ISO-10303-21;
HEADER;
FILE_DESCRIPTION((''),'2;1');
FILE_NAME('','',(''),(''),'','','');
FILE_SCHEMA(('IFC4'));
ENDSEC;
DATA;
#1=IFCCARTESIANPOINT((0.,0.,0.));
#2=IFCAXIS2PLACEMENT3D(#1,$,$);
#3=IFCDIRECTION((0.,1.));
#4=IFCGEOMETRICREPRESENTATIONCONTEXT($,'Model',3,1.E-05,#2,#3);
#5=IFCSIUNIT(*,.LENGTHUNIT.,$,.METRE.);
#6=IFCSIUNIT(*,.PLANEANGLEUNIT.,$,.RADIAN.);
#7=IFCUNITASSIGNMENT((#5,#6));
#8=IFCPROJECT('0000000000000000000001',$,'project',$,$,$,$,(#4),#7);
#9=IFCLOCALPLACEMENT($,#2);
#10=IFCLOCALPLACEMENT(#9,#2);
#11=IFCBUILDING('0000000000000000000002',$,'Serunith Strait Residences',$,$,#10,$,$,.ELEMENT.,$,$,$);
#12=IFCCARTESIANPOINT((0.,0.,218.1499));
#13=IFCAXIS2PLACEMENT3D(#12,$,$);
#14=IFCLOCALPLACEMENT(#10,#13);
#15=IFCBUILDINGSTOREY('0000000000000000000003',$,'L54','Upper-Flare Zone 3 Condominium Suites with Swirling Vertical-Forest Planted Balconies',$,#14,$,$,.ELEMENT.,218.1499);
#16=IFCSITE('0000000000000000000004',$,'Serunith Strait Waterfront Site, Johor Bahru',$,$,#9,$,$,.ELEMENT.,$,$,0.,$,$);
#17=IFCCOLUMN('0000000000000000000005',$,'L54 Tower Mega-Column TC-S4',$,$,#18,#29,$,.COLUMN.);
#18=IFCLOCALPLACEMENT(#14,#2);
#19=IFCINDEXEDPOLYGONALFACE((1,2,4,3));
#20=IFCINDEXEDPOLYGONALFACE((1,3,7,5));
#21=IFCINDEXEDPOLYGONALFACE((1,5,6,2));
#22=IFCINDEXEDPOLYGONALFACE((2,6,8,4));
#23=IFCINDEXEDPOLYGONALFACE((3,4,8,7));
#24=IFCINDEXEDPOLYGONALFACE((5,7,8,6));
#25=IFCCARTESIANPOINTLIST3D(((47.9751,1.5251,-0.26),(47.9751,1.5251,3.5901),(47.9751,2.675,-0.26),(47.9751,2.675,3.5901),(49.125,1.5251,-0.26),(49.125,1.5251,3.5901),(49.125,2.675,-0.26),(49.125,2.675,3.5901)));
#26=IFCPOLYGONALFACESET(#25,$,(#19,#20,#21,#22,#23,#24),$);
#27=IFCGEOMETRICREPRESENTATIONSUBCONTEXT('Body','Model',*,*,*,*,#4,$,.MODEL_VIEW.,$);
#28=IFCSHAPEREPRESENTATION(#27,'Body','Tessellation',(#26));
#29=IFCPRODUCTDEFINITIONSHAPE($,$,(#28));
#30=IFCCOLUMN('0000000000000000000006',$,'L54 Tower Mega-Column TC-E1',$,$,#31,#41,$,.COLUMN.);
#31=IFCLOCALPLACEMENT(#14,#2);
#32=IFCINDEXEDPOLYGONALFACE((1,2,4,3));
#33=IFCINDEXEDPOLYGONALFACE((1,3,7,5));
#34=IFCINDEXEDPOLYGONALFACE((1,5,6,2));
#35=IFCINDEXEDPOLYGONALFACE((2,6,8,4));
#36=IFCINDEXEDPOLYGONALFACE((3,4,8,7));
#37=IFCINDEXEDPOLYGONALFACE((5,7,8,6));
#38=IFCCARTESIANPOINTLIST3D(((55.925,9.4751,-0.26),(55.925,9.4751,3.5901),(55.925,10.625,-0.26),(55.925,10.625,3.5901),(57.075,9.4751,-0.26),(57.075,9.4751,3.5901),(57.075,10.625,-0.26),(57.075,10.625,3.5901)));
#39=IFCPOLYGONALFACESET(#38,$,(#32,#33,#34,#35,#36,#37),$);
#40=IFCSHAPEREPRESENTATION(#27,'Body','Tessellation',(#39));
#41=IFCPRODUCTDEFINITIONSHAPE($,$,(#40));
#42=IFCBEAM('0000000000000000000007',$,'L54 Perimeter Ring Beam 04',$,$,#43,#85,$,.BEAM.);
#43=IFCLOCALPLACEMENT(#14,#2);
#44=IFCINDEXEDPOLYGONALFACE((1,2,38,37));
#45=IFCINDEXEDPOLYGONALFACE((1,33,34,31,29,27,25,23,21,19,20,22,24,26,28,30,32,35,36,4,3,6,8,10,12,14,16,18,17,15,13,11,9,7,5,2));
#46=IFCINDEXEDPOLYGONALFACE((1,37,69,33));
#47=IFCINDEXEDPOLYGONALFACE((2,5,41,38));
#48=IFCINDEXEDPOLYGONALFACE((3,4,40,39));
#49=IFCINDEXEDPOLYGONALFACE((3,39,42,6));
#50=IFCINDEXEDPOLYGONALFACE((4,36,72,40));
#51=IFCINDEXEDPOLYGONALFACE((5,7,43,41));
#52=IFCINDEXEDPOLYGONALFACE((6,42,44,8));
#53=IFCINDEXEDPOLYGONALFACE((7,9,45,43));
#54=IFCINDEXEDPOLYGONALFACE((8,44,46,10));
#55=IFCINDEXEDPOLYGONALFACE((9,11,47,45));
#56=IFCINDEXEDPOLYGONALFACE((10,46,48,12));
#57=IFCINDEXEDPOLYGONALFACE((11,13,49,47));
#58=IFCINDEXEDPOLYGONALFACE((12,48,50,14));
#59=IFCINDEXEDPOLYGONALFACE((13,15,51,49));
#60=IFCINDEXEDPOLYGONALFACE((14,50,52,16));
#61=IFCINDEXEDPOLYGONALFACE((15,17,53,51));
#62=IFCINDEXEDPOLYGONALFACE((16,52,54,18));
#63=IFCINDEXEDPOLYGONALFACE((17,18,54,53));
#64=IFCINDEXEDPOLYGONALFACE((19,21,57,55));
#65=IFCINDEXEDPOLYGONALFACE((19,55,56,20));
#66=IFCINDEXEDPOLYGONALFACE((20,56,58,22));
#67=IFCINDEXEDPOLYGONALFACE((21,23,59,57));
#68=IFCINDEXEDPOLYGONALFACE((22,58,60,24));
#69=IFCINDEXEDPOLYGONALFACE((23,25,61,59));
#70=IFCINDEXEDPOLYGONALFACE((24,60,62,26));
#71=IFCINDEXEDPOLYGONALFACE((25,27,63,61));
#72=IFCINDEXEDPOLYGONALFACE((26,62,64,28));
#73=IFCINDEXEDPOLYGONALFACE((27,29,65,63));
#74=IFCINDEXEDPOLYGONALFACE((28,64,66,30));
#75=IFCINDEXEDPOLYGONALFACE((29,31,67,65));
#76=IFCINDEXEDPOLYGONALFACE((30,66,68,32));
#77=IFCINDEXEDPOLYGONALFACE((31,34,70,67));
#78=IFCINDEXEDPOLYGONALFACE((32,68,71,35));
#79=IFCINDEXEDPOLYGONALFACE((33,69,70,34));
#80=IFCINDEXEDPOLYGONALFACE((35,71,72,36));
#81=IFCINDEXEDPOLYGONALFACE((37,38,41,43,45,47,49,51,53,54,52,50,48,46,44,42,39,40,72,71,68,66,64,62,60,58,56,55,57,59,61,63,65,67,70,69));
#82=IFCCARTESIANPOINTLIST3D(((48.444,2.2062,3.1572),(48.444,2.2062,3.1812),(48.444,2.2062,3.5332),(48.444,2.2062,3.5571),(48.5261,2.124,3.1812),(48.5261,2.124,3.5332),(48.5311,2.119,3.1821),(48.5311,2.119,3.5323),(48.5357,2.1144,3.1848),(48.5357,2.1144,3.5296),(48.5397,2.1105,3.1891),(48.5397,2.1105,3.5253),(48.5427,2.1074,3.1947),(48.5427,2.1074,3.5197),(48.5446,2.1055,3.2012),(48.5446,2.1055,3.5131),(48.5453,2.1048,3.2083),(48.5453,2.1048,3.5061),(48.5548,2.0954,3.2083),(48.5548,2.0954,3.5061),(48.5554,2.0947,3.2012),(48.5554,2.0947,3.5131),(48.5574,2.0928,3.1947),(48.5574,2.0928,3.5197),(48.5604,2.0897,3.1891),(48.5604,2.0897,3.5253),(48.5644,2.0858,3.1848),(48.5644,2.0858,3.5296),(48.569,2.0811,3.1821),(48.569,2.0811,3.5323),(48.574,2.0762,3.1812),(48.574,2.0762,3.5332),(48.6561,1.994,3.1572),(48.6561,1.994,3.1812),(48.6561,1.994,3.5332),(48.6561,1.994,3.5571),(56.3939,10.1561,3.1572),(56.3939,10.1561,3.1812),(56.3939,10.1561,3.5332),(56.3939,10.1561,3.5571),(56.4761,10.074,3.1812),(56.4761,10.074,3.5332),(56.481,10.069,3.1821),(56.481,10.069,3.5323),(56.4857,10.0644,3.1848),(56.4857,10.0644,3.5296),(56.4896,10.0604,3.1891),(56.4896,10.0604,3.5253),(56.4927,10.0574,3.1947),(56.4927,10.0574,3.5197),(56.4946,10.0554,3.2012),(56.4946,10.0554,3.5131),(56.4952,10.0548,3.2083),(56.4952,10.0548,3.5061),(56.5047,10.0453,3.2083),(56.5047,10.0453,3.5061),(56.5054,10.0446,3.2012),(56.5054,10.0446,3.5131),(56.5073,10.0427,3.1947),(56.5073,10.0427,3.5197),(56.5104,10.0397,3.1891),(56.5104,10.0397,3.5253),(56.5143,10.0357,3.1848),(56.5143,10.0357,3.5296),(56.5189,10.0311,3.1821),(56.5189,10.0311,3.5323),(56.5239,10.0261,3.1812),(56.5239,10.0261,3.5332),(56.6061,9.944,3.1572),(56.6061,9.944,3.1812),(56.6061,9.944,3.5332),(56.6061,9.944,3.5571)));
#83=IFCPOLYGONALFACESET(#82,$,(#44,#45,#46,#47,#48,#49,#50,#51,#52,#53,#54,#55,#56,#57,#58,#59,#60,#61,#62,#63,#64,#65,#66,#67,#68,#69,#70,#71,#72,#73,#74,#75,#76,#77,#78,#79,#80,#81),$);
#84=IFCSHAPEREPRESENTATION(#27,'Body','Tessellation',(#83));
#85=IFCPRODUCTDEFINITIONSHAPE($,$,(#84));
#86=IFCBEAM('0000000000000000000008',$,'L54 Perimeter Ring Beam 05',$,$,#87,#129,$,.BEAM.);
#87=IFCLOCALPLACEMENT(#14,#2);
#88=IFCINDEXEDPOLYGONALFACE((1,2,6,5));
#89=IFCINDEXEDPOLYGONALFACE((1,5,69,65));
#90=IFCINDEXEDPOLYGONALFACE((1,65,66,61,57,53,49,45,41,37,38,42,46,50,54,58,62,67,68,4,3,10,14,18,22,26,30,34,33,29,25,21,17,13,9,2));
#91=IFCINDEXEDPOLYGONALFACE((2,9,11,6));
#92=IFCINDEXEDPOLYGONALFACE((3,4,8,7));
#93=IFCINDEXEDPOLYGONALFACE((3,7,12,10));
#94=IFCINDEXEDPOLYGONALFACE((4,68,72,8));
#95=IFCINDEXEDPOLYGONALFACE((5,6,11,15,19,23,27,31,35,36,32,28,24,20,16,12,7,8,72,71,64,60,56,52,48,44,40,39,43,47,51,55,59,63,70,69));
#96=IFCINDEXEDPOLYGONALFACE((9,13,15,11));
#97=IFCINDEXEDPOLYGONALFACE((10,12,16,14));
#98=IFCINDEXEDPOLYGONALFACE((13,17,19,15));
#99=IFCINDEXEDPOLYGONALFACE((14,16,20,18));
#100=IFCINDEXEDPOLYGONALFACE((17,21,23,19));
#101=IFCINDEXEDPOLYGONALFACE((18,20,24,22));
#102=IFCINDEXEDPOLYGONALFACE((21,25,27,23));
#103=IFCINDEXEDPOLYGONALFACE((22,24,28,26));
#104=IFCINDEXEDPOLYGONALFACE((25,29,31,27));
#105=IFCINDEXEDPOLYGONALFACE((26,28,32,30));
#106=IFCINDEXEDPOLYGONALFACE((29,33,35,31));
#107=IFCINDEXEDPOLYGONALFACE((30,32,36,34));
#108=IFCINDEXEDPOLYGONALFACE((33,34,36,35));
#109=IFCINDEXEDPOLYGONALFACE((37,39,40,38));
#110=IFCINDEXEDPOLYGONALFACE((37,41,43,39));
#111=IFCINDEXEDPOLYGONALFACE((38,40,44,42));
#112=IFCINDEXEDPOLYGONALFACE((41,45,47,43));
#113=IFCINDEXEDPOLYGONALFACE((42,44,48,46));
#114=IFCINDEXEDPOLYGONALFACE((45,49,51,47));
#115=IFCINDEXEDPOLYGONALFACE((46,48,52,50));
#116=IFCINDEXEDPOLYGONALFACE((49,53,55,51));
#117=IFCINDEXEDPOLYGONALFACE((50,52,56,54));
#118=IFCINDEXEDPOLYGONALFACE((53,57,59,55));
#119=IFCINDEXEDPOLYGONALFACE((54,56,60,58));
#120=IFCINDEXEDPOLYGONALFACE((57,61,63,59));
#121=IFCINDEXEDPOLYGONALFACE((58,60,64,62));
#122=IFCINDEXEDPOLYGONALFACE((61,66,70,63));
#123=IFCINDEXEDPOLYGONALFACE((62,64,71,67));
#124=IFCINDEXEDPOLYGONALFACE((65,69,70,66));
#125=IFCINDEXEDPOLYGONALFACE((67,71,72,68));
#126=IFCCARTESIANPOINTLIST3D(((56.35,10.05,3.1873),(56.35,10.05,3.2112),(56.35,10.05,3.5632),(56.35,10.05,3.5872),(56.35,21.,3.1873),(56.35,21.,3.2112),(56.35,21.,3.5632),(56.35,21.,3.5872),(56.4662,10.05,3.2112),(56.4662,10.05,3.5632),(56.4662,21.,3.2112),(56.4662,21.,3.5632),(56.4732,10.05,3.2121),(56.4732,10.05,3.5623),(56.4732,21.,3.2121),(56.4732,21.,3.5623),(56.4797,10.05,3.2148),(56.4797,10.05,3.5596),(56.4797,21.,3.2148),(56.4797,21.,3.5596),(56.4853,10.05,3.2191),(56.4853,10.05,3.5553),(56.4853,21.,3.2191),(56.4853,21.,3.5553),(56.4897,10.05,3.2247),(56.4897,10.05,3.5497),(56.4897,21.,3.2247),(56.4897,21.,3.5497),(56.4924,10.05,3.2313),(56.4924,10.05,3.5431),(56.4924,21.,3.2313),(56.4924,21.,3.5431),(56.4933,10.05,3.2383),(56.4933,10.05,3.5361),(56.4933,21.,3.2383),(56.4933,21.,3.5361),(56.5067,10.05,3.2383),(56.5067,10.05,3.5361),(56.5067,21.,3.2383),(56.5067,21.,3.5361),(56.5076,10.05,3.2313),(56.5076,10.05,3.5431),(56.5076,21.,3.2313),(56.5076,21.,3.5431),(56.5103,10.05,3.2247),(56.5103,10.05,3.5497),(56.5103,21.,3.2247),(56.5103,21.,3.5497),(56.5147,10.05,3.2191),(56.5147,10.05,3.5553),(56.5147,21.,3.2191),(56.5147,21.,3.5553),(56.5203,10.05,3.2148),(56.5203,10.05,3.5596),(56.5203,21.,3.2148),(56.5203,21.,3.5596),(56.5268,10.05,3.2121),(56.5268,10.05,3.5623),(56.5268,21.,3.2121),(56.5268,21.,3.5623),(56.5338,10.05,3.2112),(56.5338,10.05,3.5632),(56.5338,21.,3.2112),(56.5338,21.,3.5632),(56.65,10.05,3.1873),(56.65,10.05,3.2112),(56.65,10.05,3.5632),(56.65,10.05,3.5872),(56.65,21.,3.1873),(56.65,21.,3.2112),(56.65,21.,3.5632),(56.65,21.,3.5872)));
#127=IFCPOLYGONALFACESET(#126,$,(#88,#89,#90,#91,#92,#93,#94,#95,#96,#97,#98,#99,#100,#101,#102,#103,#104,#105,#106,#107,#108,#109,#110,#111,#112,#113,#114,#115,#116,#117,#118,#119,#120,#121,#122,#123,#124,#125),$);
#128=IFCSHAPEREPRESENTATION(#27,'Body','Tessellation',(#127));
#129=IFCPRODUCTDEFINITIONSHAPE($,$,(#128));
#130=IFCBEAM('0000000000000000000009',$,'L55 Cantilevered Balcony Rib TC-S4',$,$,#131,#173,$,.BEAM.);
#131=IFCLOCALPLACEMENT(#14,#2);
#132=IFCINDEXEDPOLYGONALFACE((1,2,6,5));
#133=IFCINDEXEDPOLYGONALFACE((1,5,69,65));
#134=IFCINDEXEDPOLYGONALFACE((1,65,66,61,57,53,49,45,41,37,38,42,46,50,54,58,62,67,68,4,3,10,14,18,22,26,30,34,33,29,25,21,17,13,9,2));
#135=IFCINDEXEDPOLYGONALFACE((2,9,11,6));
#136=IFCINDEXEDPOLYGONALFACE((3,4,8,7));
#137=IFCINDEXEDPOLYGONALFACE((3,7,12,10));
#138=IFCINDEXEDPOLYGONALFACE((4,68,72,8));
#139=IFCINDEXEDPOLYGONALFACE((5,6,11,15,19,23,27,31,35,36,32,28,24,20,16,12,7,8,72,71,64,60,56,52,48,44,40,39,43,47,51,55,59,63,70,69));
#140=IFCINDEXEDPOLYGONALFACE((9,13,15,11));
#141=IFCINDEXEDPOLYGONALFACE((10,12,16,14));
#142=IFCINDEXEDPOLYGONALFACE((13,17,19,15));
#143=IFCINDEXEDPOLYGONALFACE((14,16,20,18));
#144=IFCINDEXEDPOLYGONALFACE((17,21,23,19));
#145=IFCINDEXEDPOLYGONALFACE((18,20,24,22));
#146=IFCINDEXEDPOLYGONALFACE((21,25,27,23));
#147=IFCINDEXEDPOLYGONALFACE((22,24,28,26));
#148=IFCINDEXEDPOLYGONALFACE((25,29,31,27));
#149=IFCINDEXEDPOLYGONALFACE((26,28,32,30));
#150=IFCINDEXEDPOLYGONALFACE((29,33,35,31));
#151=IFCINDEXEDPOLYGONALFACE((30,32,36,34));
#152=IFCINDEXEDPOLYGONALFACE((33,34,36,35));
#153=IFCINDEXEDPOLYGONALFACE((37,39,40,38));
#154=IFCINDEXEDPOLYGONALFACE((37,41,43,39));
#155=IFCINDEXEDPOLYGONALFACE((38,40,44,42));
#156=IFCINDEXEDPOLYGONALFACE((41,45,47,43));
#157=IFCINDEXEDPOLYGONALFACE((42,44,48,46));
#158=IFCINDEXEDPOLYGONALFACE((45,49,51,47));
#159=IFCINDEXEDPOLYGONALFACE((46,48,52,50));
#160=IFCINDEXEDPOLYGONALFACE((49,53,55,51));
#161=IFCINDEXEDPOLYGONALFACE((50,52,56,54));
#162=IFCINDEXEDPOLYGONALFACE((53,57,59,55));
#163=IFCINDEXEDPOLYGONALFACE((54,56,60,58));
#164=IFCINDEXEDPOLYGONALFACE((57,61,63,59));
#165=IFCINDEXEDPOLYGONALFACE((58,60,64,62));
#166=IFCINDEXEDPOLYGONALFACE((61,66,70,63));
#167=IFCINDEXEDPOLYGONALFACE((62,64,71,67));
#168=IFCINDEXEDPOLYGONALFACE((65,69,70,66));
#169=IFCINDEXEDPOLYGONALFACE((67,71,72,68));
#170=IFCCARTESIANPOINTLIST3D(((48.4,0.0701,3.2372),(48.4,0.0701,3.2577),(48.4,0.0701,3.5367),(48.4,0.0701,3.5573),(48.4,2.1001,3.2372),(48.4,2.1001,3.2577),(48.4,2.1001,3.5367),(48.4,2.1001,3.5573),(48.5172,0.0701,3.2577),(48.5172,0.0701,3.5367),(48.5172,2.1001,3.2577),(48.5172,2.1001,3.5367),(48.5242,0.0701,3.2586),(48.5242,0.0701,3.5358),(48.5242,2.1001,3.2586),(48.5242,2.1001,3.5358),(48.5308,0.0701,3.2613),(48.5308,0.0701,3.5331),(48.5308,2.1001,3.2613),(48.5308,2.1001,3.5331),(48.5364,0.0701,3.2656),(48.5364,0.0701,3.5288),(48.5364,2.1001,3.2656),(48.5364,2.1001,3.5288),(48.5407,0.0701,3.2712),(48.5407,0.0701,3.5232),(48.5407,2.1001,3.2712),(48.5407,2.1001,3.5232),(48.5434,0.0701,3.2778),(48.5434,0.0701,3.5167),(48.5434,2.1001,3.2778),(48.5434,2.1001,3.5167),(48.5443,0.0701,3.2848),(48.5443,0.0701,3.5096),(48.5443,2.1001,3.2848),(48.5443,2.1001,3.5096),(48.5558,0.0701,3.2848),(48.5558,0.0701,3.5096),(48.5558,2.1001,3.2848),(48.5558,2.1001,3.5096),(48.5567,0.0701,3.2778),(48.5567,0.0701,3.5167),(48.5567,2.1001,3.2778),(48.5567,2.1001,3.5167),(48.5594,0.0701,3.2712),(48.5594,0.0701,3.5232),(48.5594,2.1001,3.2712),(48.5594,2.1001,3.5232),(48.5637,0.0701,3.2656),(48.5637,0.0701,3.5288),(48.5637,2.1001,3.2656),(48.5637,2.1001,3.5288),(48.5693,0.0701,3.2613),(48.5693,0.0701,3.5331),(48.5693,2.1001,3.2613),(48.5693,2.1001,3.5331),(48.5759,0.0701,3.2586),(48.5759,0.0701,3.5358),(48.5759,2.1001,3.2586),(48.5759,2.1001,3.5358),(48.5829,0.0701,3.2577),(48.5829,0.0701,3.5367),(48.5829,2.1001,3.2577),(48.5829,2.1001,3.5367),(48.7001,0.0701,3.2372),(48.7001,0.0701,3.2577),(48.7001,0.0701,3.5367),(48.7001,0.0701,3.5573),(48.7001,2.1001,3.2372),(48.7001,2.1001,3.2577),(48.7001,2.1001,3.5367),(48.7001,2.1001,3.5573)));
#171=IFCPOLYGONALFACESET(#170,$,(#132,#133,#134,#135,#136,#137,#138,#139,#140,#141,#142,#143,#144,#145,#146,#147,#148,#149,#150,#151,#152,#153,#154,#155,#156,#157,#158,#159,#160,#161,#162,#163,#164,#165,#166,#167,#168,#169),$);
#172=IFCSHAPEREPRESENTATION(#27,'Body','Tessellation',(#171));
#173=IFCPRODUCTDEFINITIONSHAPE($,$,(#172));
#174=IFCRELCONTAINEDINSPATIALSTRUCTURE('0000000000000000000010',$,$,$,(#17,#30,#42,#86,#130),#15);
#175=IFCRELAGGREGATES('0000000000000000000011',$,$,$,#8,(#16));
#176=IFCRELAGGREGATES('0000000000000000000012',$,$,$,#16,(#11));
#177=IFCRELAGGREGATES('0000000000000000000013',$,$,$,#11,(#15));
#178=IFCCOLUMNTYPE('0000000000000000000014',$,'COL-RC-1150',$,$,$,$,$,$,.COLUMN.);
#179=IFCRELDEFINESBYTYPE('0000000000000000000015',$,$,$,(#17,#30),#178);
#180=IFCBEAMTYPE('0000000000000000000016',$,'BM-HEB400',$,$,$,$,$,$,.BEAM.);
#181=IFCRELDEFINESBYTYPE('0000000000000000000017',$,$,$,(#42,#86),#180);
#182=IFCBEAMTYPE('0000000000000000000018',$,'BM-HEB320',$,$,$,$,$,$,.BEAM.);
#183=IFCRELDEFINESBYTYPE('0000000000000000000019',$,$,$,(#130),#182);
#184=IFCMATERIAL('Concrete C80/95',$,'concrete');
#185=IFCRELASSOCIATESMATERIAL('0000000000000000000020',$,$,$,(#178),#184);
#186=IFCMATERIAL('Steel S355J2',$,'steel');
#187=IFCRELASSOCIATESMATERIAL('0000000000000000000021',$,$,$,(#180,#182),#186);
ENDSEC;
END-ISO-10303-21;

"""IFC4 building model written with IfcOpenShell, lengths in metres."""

from ifc_helpers import new_model, si_unit, direction, frame, origin, origin_2d, place, context, subcontext, project, spatial, rectangle, i_section, extrude, source, transform, mapped, material, material_profile, profile_set, type_object, element, save


model = new_model("IFC4")

# Units and contexts
model_context = context("Model", 3, precision=1e-05, world=origin(), true_north=direction((0.0, 1.0)))
body_context = subcontext(model_context, "Body", "Model", "MODEL_VIEW")
ifc_project = project(units=[si_unit("LENGTHUNIT", "METRE"), si_unit("PLANEANGLEUNIT", "RADIAN")], contexts=[model_context])

# Site, building, storey
site_placement = place(None, origin())
site = spatial("IfcSite", under=ifc_project, at=site_placement, Name="Serunith Strait Waterfront Site, Johor Bahru", CompositionType="ELEMENT", RefElevation=0.0)
building_placement = place(site_placement, origin())
building = spatial("IfcBuilding", under=site, at=building_placement, Name="Serunith Strait Residences", CompositionType="ELEMENT")
storey_placement = place(building_placement, frame((0.0, 0.0, 218.1499)))
storey = spatial("IfcBuildingStorey", under=building, at=storey_placement, Name="L54", Description="Upper-Flare Zone 3 Condominium Suites with Swirling Vertical-Forest Planted Balconies", CompositionType="ELEMENT", Elevation=218.1499)

# Columns
ifc_material_1 = material(Name="Concrete C80/95", Category="concrete")
ifc_material_profile_1 = material_profile(ifc_material_1, rectangle(XDim=1.1499, YDim=1.1499, at=origin_2d()), Name="RC 1150x1150")
ifc_profile_set_1 = profile_set([ifc_material_profile_1], Name="Concrete C80/95")
column_type = type_object("IfcColumnType", Name="COL-RC-1150", PredefinedType="COLUMN", material=ifc_profile_set_1)
shared_shape_1 = source(origin(), body_context, "Body", "SweptSolid", [
    extrude(rectangle(XDim=1.1499, YDim=1.1499, at=origin_2d()), origin(), (0.0, 0.0, 1.0), 3.8501),
])
for number, where, z_axis, x_axis, name in (
    (1, (48.55, 2.1001, -0.26), (0.0, 0.0, 1.0), (1.0, 0.0, 0.0), "L54 Tower Mega-Column TC-S4"),
    (2, (56.5, 10.05, -0.26), (0.0, 0.0, 1.0), (1.0, 0.0, 0.0), "L54 Tower Mega-Column TC-E1"),
):
    element("IfcColumn", number, at=place(storey_placement, frame(where, z_axis=z_axis, x_axis=x_axis)), inside=storey, type_object=column_type, Name=name, PredefinedType="COLUMN", context=body_context, shape_type="MappedRepresentation", body=[
        mapped(shared_shape_1, transform((0.0, 0.0, 0.0), scale=1.0)),
    ])

# Beams
ifc_material_2 = material(Name="Steel S355J2", Category="steel")
ifc_material_profile_2 = material_profile(ifc_material_2, i_section(OverallWidth=0.3, OverallDepth=0.3999, WebThickness=0.0134, FlangeThickness=0.0239, FilletRadius=0.0271, at=origin_2d()), Name="HEB 400")
ifc_profile_set_2 = profile_set([ifc_material_profile_2], Name="Steel S355J2")
beam_type_1 = type_object("IfcBeamType", Name="BM-HEB400", PredefinedType="BEAM", material=ifc_profile_set_2)
shared_shape_2 = source(origin(), body_context, "Body", "SweptSolid", [
    extrude(i_section(OverallWidth=0.3, OverallDepth=0.3999, WebThickness=0.0134, FlangeThickness=0.0239, FilletRadius=0.0271, at=origin_2d()), origin(), (0.0, 0.0, 1.0), 11.2429),
])
beam_1_placement = place(storey_placement, frame((48.55, 2.1001, 3.3572), z_axis=(0.707107, 0.707107, 0.0), x_axis=(-0.707107, 0.707107, 0.0)))
element("IfcBeam", 3, at=beam_1_placement, inside=storey, type_object=beam_type_1, Name="L54 Perimeter Ring Beam 04", PredefinedType="BEAM", context=body_context, shape_type="MappedRepresentation", body=[
    mapped(shared_shape_2, transform((0.0, 0.0, 0.0), scale=1.0)),
])
shared_shape_3 = source(origin(), body_context, "Body", "SweptSolid", [
    extrude(i_section(OverallWidth=0.3, OverallDepth=0.3999, WebThickness=0.0134, FlangeThickness=0.0239, FilletRadius=0.0271, at=origin_2d()), origin(), (0.0, 0.0, 1.0), 10.95),
])
beam_2_placement = place(storey_placement, frame((56.5, 10.05, 3.3872), z_axis=(0.0, 1.0, 0.0), x_axis=(-1.0, 0.0, 0.0)))
element("IfcBeam", 4, at=beam_2_placement, inside=storey, type_object=beam_type_1, Name="L54 Perimeter Ring Beam 05", PredefinedType="BEAM", context=body_context, shape_type="MappedRepresentation", body=[
    mapped(shared_shape_3, transform((0.0, 0.0, 0.0), scale=1.0)),
])
ifc_material_profile_3 = material_profile(ifc_material_2, i_section(OverallWidth=0.3, OverallDepth=0.3201, WebThickness=0.0115, FlangeThickness=0.0205, FilletRadius=0.0271, at=origin_2d()), Name="HEB 320")
ifc_profile_set_3 = profile_set([ifc_material_profile_3], Name="Steel S355J2")
beam_type_2 = type_object("IfcBeamType", Name="BM-HEB320", PredefinedType="BEAM", material=ifc_profile_set_3)
shared_shape_4 = source(origin(), body_context, "Body", "SweptSolid", [
    extrude(i_section(OverallWidth=0.3, OverallDepth=0.3201, WebThickness=0.0115, FlangeThickness=0.0205, FilletRadius=0.0271, at=origin_2d()), origin(), (0.0, 0.0, 1.0), 2.03),
])
for number, where, z_axis, x_axis, name in (
    (5, (48.55, 2.1001, 3.3972), (0.0, -1.0, 0.0), (1.0, 0.0, 0.0), "L55 Cantilevered Balcony Rib TC-S4"),
):
    element("IfcBeam", number, at=place(storey_placement, frame(where, z_axis=z_axis, x_axis=x_axis)), inside=storey, type_object=beam_type_2, Name=name, PredefinedType="BEAM", context=body_context, shape_type="MappedRepresentation", body=[
        mapped(shared_shape_4, transform((0.0, 0.0, 0.0), scale=1.0)),
    ])

save(model, "model.ifc")
